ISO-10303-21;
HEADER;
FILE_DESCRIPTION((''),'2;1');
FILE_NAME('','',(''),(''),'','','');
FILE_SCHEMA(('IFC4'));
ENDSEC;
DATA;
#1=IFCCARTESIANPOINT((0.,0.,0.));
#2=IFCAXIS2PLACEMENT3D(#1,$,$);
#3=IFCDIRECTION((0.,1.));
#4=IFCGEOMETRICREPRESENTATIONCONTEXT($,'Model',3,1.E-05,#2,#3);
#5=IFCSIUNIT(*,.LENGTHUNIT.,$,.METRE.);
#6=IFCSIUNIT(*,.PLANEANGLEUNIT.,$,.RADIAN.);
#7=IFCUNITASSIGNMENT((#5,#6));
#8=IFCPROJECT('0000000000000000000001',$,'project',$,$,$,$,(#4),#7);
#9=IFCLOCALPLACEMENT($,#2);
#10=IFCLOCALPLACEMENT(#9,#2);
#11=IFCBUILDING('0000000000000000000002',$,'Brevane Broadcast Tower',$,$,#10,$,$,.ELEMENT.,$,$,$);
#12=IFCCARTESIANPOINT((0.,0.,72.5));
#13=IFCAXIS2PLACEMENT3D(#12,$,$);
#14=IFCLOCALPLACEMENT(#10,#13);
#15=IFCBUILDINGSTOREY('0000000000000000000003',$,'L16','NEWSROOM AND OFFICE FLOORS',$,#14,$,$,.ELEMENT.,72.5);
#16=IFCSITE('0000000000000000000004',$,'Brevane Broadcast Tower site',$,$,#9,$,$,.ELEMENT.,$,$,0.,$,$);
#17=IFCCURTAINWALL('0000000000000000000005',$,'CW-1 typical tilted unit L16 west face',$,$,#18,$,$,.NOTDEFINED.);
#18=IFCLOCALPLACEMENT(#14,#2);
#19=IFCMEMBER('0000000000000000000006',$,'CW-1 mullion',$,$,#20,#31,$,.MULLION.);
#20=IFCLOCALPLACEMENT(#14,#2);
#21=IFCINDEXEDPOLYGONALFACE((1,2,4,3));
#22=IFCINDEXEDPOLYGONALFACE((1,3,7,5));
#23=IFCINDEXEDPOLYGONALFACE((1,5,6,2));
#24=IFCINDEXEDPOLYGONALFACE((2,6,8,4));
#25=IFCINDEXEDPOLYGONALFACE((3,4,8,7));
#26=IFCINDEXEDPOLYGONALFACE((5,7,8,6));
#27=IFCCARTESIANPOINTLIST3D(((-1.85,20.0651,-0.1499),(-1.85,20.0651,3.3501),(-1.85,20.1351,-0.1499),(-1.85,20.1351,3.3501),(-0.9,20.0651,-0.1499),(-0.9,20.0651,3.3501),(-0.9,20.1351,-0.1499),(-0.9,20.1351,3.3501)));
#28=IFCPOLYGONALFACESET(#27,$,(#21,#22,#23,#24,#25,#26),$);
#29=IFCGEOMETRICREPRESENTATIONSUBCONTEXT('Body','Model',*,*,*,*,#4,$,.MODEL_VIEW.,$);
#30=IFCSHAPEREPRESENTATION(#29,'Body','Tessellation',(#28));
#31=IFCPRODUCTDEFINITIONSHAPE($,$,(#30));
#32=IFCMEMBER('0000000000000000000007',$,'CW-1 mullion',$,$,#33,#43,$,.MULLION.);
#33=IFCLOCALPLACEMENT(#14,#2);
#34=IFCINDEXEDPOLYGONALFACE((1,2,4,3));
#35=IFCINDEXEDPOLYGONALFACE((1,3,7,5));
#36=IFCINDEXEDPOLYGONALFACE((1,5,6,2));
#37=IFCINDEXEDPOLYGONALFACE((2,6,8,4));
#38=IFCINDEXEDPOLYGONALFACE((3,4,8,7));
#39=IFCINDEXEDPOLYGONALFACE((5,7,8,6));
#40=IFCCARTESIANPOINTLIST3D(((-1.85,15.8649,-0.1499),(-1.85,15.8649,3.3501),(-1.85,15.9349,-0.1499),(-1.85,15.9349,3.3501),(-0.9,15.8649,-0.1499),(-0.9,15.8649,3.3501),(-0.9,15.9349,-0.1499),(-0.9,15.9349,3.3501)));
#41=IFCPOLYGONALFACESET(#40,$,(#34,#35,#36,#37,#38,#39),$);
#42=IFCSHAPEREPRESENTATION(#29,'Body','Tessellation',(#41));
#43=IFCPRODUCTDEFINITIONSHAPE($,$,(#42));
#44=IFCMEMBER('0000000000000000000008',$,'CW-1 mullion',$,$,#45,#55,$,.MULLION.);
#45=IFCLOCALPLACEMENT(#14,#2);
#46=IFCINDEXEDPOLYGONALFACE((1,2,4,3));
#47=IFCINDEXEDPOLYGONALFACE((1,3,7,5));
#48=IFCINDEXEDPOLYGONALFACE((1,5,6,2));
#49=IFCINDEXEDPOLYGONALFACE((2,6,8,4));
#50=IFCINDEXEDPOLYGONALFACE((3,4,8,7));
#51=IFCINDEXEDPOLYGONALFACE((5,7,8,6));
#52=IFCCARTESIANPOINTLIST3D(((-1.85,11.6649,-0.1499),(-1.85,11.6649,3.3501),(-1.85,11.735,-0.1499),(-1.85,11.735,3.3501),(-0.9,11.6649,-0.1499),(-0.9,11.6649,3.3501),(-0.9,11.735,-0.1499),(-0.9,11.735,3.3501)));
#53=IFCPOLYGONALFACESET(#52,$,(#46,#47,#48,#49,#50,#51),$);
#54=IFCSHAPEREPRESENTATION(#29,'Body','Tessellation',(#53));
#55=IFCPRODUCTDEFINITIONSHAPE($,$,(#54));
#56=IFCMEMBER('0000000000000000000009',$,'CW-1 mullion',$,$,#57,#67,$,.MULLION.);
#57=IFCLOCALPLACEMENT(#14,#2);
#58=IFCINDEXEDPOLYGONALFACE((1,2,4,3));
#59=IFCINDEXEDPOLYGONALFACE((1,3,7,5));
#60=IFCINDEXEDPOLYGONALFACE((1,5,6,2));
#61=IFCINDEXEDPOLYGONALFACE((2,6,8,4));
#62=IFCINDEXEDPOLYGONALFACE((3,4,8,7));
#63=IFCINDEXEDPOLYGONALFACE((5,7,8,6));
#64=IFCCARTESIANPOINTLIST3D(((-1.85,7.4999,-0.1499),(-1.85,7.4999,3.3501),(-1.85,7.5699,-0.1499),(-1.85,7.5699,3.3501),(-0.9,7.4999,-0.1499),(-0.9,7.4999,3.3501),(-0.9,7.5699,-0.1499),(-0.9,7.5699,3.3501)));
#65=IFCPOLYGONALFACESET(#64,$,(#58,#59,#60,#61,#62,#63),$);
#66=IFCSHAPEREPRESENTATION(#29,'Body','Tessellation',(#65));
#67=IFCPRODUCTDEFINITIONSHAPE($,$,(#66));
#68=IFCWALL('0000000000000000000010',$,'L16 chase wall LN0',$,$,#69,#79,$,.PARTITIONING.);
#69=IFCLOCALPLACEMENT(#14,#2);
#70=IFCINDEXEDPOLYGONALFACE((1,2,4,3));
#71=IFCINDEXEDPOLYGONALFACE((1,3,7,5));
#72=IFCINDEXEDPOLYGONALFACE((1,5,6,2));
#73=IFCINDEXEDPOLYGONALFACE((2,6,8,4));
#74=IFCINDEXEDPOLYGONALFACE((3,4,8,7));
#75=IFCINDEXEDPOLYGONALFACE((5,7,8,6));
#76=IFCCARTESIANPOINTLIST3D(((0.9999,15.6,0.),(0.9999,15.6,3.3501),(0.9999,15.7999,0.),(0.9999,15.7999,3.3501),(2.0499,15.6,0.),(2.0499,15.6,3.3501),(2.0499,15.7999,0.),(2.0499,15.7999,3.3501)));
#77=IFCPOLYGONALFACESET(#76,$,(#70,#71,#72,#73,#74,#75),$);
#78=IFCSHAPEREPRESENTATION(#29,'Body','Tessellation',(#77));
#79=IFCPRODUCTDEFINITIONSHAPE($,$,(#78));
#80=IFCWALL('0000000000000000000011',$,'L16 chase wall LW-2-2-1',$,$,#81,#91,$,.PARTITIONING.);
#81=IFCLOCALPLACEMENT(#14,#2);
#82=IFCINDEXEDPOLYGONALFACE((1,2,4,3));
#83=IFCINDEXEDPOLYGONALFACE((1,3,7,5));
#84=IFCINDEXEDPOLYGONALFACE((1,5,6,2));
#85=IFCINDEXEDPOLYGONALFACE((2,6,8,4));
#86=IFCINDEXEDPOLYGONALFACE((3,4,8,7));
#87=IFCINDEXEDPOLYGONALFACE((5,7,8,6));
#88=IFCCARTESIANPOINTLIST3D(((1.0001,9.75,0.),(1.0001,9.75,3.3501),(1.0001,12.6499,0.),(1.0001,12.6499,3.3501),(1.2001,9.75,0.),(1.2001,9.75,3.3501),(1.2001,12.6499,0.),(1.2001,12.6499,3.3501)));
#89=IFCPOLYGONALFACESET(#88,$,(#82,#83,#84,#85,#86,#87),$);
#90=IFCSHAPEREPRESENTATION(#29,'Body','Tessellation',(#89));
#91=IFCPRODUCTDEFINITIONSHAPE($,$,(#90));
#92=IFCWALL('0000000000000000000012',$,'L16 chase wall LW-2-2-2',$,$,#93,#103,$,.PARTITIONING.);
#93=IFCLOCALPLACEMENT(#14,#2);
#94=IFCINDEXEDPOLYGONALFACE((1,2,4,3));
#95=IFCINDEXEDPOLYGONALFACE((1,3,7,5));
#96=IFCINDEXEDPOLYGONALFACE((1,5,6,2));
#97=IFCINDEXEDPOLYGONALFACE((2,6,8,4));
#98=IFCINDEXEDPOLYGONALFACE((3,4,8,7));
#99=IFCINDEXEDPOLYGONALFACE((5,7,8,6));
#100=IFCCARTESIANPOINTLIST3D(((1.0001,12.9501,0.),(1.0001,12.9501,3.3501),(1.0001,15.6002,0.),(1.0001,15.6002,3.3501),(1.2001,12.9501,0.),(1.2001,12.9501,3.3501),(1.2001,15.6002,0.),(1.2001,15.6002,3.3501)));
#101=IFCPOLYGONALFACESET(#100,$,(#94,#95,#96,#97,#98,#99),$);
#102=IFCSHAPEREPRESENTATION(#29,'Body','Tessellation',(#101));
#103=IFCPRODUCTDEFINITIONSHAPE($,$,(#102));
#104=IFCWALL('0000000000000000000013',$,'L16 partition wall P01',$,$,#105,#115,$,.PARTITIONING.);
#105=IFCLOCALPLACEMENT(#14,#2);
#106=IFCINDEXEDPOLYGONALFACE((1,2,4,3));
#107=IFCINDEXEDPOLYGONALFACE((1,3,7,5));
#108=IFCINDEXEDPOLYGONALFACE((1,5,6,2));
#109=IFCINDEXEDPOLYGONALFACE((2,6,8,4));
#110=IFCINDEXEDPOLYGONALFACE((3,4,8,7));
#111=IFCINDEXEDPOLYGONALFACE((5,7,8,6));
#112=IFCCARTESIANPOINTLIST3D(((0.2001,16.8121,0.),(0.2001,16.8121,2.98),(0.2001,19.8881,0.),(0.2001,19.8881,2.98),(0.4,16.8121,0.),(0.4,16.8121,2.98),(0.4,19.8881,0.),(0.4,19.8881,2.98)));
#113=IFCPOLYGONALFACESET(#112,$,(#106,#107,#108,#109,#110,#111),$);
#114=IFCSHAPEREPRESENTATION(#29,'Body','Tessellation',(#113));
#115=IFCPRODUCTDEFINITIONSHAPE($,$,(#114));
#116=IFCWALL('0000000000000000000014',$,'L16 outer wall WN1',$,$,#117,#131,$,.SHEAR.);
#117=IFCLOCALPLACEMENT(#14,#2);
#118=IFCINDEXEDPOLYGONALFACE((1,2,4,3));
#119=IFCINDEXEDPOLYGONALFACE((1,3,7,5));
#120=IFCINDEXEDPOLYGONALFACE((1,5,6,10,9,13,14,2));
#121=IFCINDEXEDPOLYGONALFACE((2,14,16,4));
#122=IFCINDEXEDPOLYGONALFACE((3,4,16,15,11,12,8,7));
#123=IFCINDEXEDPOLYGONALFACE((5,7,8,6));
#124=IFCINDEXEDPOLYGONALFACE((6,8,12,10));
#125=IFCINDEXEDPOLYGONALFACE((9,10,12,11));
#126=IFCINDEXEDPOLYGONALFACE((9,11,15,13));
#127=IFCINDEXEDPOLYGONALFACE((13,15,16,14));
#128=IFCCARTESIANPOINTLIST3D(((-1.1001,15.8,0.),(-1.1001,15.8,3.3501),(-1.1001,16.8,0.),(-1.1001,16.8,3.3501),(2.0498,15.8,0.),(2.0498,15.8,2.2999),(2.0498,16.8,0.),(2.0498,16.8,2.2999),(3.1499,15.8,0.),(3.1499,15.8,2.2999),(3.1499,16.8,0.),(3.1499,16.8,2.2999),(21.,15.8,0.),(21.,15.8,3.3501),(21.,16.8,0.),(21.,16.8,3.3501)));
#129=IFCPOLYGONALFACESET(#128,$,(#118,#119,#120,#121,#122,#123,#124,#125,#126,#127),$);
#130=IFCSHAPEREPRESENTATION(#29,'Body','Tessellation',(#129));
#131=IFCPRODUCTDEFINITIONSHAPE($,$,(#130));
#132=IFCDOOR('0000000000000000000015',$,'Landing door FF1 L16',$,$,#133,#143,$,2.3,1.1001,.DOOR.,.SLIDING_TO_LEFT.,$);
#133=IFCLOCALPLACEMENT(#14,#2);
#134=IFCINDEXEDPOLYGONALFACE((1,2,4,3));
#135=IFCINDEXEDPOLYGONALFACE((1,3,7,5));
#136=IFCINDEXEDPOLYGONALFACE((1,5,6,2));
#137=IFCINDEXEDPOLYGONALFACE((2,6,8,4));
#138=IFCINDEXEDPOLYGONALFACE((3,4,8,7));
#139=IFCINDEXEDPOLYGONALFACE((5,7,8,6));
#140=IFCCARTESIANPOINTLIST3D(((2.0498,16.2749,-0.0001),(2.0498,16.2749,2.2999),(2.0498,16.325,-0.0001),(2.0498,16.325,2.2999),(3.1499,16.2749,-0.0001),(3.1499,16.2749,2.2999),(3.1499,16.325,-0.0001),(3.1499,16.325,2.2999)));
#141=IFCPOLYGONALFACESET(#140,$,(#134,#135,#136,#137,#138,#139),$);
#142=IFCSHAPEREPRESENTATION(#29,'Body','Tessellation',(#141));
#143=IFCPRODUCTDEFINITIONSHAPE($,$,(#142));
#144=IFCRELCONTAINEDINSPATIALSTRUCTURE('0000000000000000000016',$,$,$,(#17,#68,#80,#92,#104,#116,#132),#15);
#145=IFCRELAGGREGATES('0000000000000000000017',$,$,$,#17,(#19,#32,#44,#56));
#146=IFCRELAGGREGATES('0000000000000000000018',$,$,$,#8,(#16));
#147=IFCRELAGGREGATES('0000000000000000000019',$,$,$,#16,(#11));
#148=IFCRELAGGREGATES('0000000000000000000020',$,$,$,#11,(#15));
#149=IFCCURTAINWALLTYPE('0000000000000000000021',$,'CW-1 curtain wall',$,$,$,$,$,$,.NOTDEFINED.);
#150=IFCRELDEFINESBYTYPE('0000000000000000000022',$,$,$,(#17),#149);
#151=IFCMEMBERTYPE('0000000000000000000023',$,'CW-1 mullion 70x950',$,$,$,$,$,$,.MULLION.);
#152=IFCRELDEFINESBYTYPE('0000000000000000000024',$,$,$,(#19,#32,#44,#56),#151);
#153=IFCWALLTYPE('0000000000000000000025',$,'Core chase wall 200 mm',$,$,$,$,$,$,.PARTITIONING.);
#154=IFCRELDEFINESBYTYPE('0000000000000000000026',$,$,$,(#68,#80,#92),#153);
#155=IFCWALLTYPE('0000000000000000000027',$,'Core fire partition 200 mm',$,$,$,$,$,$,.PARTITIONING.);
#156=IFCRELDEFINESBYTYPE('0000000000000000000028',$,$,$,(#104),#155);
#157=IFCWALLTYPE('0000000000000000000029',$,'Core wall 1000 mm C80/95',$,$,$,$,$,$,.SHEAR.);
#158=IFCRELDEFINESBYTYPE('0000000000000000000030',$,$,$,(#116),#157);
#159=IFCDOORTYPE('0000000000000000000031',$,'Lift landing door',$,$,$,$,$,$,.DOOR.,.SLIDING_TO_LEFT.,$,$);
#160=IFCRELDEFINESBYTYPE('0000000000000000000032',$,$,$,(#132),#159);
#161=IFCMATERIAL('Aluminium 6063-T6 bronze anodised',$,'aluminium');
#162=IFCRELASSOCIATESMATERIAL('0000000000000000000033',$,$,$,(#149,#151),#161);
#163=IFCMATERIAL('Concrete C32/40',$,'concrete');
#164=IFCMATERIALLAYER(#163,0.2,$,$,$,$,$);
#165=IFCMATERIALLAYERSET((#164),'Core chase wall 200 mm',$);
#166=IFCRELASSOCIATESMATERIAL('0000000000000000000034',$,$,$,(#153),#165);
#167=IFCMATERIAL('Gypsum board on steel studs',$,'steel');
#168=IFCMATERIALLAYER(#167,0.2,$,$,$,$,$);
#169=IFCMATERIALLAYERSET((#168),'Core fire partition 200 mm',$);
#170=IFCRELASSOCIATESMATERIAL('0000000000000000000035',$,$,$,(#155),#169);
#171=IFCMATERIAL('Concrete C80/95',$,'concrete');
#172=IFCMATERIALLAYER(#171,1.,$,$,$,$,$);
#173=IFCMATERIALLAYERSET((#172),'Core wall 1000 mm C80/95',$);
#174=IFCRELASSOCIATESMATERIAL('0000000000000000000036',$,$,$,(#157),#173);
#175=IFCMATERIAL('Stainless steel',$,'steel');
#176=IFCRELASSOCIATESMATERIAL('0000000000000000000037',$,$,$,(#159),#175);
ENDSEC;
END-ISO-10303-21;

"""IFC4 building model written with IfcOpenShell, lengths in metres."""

from ifc_helpers import new_model, si_unit, direction, frame, frame_2d, origin, origin_2d, place, context, subcontext, project, spatial, rectangle, extrude, material, layer, layer_set, material_profile, profile_set, type_object, element, fill, aggregate, save


model = new_model("IFC4")

# Units and contexts
model_context = context("Model", 3, precision=1e-05, world=origin(), true_north=direction((0.0, 1.0)))
body_context = subcontext(model_context, "Body", "Model", "MODEL_VIEW")
ifc_project = project(units=[si_unit("LENGTHUNIT", "METRE"), si_unit("PLANEANGLEUNIT", "RADIAN")], contexts=[model_context])

# Site, building, storey
site_placement = place(None, origin())
site = spatial("IfcSite", under=ifc_project, at=site_placement, Name="Brevane Broadcast Tower site", CompositionType="ELEMENT", RefElevation=0.0)
building_placement = place(site_placement, origin())
building = spatial("IfcBuilding", under=site, at=building_placement, Name="Brevane Broadcast Tower", CompositionType="ELEMENT")
storey_placement = place(building_placement, frame((0.0, 0.0, 72.5)))
storey = spatial("IfcBuildingStorey", under=building, at=storey_placement, Name="L16", Description="NEWSROOM AND OFFICE FLOORS", CompositionType="ELEMENT", Elevation=72.5)

# Curtain wall, members
ifc_material_1 = material(Name="Aluminium 6063-T6 bronze anodised", Category="aluminium")
curtain_wall_type = type_object("IfcCurtainWallType", Name="CW-1 curtain wall", PredefinedType="NOTDEFINED", material=ifc_material_1)
curtain_wall_placement = place(storey_placement, origin())
curtain_wall = element("IfcCurtainWall", 1, at=curtain_wall_placement, inside=storey, type_object=curtain_wall_type, Name="CW-1 typical tilted unit L16 west face", PredefinedType="NOTDEFINED")
ifc_material_profile = material_profile(ifc_material_1, rectangle(XDim=0.95, YDim=0.0701, at=origin_2d()), Name="RECT 70x950")
ifc_profile_set = profile_set([ifc_material_profile], Name="Aluminium 6063-T6 bronze anodised")
member_type = type_object("IfcMemberType", Name="CW-1 mullion 70x950", PredefinedType="MULLION", material=ifc_profile_set)
member_1_placement = place(storey_placement, frame((-1.375, 20.1001, -0.1499), z_axis=(0.0, 0.0, 1.0), x_axis=(1.0, 0.0, 0.0)))
member_1 = element("IfcMember", 2, at=member_1_placement, type_object=member_type, Name="CW-1 mullion", PredefinedType="MULLION", context=body_context, shape_type="SweptSolid", body=[
    extrude(rectangle(XDim=0.95, YDim=0.0701, at=origin_2d()), origin(), (0.0, 0.0, 1.0), 3.5),
])
member_2_placement = place(storey_placement, frame((-1.375, 15.8999, -0.1499), z_axis=(0.0, 0.0, 1.0), x_axis=(1.0, 0.0, 0.0)))
member_2 = element("IfcMember", 3, at=member_2_placement, type_object=member_type, Name="CW-1 mullion", PredefinedType="MULLION", context=body_context, shape_type="SweptSolid", body=[
    extrude(rectangle(XDim=0.95, YDim=0.0701, at=origin_2d()), origin(), (0.0, 0.0, 1.0), 3.5),
])
member_3_placement = place(storey_placement, frame((-1.375, 11.7, -0.1499), z_axis=(0.0, 0.0, 1.0), x_axis=(1.0, 0.0, 0.0)))
member_3 = element("IfcMember", 4, at=member_3_placement, type_object=member_type, Name="CW-1 mullion", PredefinedType="MULLION", context=body_context, shape_type="SweptSolid", body=[
    extrude(rectangle(XDim=0.95, YDim=0.0701, at=origin_2d()), origin(), (0.0, 0.0, 1.0), 3.5),
])
member_4_placement = place(storey_placement, frame((-1.375, 7.5349, -0.1499), z_axis=(0.0, 0.0, 1.0), x_axis=(1.0, 0.0, 0.0)))
member_4 = element("IfcMember", 5, at=member_4_placement, type_object=member_type, Name="CW-1 mullion", PredefinedType="MULLION", context=body_context, shape_type="SweptSolid", body=[
    extrude(rectangle(XDim=0.95, YDim=0.0701, at=origin_2d()), origin(), (0.0, 0.0, 1.0), 3.5),
])
aggregate(curtain_wall, [member_1, member_2, member_3, member_4])

# Walls
ifc_material_2 = material(Name="Concrete C32/40", Category="concrete")
ifc_layer_1 = layer(ifc_material_2, 0.2)
ifc_layer_set_1 = layer_set([ifc_layer_1], Name="Core chase wall 200 mm")
wall_type_1 = type_object("IfcWallType", Name="Core chase wall 200 mm", PredefinedType="PARTITIONING", material=ifc_layer_set_1)
wall_1_placement = place(storey_placement, frame((1.0, 15.7, 0.0), z_axis=(0.0, 0.0, 1.0), x_axis=(1.0, 0.0, 0.0)))
element("IfcWall", 6, at=wall_1_placement, inside=storey, type_object=wall_type_1, Name="L16 chase wall LN0", PredefinedType="PARTITIONING", context=body_context, shape_type="SweptSolid", body=[
    extrude(rectangle(XDim=1.05, YDim=0.2, at=frame_2d((0.5249, 0.0))), origin(), (0.0, 0.0, 1.0), 3.3501),
])
wall_2_placement = place(storey_placement, frame((1.1001, 9.75, 0.0), z_axis=(0.0, 0.0, 1.0), x_axis=(0.0, 1.0, 0.0)))
element("IfcWall", 7, at=wall_2_placement, inside=storey, type_object=wall_type_1, Name="L16 chase wall LW-2-2-1", PredefinedType="PARTITIONING", context=body_context, shape_type="SweptSolid", body=[
    extrude(rectangle(XDim=2.8999, YDim=0.2, at=frame_2d((1.45, 0.0))), origin(), (0.0, 0.0, 1.0), 3.3501),
])
wall_3_placement = place(storey_placement, frame((1.1001, 12.95, 0.0), z_axis=(0.0, 0.0, 1.0), x_axis=(0.0, 1.0, 0.0)))
element("IfcWall", 8, at=wall_3_placement, inside=storey, type_object=wall_type_1, Name="L16 chase wall LW-2-2-2", PredefinedType="PARTITIONING", context=body_context, shape_type="SweptSolid", body=[
    extrude(rectangle(XDim=2.6501, YDim=0.2, at=frame_2d((1.3252, 0.0))), origin(), (0.0, 0.0, 1.0), 3.3501),
])
ifc_material_3 = material(Name="Gypsum board on steel studs", Category="steel")
ifc_layer_2 = layer(ifc_material_3, 0.2)
ifc_layer_set_2 = layer_set([ifc_layer_2], Name="Core fire partition 200 mm")
wall_type_2 = type_object("IfcWallType", Name="Core fire partition 200 mm", PredefinedType="PARTITIONING", material=ifc_layer_set_2)
wall_4_placement = place(storey_placement, frame((0.3, 16.812, 0.0), z_axis=(0.0, 0.0, 1.0), x_axis=(0.0, 1.0, 0.0)))
element("IfcWall", 9, at=wall_4_placement, inside=storey, type_object=wall_type_2, Name="L16 partition wall P01", PredefinedType="PARTITIONING", context=body_context, shape_type="SweptSolid", body=[
    extrude(rectangle(XDim=3.0759, YDim=0.2, at=frame_2d((1.5381, 0.0))), origin(), (0.0, 0.0, 1.0), 2.98),
])

# Wall, opening, door
ifc_material_4 = material(Name="Concrete C80/95", Category="concrete")
ifc_layer_3 = layer(ifc_material_4, 1.0)
ifc_layer_set_3 = layer_set([ifc_layer_3], Name="Core wall 1000 mm C80/95")
wall_type_3 = type_object("IfcWallType", Name="Core wall 1000 mm C80/95", PredefinedType="SHEAR", material=ifc_layer_set_3)
wall_5_placement = place(storey_placement, frame((-1.1001, 16.3, 0.0), z_axis=(0.0, 0.0, 1.0), x_axis=(1.0, 0.0, 0.0)))
wall_5 = element("IfcWall", 10, at=wall_5_placement, inside=storey, type_object=wall_type_3, Name="L16 outer wall WN1", PredefinedType="SHEAR", context=body_context, shape_type="SweptSolid", body=[
    extrude(rectangle(XDim=22.1001, YDim=1.0, at=frame_2d((11.05, 0.0))), origin(), (0.0, 0.0, 1.0), 3.3501),
])
opening_1_placement = place(wall_5_placement, frame((3.1499, 0.0, 0.0)))
opening_1 = element("IfcOpeningElement", 11, at=opening_1_placement, cuts=wall_5, PredefinedType="OPENING", context=body_context, shape_type="SweptSolid", body=[
    extrude(rectangle(XDim=1.1001, YDim=2.3, at=frame_2d((0.55, 1.1499))), frame((0.0, 0.51, 0.0), z_axis=(0.0, -1.0, 0.0), x_axis=(1.0, 0.0, 0.0)), (0.0, 0.0, 1.0), 1.02),
])
ifc_material_5 = material(Name="Stainless steel", Category="steel")
door_type = type_object("IfcDoorType", Name="Lift landing door", OperationType="SLIDING_TO_LEFT", PredefinedType="DOOR", material=ifc_material_5)
door_1_placement = place(opening_1_placement, origin())
door_1 = element("IfcDoor", 12, at=door_1_placement, inside=storey, type_object=door_type, Name="Landing door FF1 L16", OperationType="SLIDING_TO_LEFT", OverallHeight=2.3, OverallWidth=1.1001, PredefinedType="DOOR", context=body_context, shape_type="SweptSolid", body=[
    extrude(rectangle(XDim=1.1001, YDim=2.3, at=frame_2d((0.55, 1.1499))), frame((0.0, 0.0249, 0.0), z_axis=(0.0, -1.0, 0.0), x_axis=(1.0, 0.0, 0.0)), (0.0, 0.0, 1.0), 0.05),
])
fill(opening_1, door_1)

save(model, "model.ifc")
